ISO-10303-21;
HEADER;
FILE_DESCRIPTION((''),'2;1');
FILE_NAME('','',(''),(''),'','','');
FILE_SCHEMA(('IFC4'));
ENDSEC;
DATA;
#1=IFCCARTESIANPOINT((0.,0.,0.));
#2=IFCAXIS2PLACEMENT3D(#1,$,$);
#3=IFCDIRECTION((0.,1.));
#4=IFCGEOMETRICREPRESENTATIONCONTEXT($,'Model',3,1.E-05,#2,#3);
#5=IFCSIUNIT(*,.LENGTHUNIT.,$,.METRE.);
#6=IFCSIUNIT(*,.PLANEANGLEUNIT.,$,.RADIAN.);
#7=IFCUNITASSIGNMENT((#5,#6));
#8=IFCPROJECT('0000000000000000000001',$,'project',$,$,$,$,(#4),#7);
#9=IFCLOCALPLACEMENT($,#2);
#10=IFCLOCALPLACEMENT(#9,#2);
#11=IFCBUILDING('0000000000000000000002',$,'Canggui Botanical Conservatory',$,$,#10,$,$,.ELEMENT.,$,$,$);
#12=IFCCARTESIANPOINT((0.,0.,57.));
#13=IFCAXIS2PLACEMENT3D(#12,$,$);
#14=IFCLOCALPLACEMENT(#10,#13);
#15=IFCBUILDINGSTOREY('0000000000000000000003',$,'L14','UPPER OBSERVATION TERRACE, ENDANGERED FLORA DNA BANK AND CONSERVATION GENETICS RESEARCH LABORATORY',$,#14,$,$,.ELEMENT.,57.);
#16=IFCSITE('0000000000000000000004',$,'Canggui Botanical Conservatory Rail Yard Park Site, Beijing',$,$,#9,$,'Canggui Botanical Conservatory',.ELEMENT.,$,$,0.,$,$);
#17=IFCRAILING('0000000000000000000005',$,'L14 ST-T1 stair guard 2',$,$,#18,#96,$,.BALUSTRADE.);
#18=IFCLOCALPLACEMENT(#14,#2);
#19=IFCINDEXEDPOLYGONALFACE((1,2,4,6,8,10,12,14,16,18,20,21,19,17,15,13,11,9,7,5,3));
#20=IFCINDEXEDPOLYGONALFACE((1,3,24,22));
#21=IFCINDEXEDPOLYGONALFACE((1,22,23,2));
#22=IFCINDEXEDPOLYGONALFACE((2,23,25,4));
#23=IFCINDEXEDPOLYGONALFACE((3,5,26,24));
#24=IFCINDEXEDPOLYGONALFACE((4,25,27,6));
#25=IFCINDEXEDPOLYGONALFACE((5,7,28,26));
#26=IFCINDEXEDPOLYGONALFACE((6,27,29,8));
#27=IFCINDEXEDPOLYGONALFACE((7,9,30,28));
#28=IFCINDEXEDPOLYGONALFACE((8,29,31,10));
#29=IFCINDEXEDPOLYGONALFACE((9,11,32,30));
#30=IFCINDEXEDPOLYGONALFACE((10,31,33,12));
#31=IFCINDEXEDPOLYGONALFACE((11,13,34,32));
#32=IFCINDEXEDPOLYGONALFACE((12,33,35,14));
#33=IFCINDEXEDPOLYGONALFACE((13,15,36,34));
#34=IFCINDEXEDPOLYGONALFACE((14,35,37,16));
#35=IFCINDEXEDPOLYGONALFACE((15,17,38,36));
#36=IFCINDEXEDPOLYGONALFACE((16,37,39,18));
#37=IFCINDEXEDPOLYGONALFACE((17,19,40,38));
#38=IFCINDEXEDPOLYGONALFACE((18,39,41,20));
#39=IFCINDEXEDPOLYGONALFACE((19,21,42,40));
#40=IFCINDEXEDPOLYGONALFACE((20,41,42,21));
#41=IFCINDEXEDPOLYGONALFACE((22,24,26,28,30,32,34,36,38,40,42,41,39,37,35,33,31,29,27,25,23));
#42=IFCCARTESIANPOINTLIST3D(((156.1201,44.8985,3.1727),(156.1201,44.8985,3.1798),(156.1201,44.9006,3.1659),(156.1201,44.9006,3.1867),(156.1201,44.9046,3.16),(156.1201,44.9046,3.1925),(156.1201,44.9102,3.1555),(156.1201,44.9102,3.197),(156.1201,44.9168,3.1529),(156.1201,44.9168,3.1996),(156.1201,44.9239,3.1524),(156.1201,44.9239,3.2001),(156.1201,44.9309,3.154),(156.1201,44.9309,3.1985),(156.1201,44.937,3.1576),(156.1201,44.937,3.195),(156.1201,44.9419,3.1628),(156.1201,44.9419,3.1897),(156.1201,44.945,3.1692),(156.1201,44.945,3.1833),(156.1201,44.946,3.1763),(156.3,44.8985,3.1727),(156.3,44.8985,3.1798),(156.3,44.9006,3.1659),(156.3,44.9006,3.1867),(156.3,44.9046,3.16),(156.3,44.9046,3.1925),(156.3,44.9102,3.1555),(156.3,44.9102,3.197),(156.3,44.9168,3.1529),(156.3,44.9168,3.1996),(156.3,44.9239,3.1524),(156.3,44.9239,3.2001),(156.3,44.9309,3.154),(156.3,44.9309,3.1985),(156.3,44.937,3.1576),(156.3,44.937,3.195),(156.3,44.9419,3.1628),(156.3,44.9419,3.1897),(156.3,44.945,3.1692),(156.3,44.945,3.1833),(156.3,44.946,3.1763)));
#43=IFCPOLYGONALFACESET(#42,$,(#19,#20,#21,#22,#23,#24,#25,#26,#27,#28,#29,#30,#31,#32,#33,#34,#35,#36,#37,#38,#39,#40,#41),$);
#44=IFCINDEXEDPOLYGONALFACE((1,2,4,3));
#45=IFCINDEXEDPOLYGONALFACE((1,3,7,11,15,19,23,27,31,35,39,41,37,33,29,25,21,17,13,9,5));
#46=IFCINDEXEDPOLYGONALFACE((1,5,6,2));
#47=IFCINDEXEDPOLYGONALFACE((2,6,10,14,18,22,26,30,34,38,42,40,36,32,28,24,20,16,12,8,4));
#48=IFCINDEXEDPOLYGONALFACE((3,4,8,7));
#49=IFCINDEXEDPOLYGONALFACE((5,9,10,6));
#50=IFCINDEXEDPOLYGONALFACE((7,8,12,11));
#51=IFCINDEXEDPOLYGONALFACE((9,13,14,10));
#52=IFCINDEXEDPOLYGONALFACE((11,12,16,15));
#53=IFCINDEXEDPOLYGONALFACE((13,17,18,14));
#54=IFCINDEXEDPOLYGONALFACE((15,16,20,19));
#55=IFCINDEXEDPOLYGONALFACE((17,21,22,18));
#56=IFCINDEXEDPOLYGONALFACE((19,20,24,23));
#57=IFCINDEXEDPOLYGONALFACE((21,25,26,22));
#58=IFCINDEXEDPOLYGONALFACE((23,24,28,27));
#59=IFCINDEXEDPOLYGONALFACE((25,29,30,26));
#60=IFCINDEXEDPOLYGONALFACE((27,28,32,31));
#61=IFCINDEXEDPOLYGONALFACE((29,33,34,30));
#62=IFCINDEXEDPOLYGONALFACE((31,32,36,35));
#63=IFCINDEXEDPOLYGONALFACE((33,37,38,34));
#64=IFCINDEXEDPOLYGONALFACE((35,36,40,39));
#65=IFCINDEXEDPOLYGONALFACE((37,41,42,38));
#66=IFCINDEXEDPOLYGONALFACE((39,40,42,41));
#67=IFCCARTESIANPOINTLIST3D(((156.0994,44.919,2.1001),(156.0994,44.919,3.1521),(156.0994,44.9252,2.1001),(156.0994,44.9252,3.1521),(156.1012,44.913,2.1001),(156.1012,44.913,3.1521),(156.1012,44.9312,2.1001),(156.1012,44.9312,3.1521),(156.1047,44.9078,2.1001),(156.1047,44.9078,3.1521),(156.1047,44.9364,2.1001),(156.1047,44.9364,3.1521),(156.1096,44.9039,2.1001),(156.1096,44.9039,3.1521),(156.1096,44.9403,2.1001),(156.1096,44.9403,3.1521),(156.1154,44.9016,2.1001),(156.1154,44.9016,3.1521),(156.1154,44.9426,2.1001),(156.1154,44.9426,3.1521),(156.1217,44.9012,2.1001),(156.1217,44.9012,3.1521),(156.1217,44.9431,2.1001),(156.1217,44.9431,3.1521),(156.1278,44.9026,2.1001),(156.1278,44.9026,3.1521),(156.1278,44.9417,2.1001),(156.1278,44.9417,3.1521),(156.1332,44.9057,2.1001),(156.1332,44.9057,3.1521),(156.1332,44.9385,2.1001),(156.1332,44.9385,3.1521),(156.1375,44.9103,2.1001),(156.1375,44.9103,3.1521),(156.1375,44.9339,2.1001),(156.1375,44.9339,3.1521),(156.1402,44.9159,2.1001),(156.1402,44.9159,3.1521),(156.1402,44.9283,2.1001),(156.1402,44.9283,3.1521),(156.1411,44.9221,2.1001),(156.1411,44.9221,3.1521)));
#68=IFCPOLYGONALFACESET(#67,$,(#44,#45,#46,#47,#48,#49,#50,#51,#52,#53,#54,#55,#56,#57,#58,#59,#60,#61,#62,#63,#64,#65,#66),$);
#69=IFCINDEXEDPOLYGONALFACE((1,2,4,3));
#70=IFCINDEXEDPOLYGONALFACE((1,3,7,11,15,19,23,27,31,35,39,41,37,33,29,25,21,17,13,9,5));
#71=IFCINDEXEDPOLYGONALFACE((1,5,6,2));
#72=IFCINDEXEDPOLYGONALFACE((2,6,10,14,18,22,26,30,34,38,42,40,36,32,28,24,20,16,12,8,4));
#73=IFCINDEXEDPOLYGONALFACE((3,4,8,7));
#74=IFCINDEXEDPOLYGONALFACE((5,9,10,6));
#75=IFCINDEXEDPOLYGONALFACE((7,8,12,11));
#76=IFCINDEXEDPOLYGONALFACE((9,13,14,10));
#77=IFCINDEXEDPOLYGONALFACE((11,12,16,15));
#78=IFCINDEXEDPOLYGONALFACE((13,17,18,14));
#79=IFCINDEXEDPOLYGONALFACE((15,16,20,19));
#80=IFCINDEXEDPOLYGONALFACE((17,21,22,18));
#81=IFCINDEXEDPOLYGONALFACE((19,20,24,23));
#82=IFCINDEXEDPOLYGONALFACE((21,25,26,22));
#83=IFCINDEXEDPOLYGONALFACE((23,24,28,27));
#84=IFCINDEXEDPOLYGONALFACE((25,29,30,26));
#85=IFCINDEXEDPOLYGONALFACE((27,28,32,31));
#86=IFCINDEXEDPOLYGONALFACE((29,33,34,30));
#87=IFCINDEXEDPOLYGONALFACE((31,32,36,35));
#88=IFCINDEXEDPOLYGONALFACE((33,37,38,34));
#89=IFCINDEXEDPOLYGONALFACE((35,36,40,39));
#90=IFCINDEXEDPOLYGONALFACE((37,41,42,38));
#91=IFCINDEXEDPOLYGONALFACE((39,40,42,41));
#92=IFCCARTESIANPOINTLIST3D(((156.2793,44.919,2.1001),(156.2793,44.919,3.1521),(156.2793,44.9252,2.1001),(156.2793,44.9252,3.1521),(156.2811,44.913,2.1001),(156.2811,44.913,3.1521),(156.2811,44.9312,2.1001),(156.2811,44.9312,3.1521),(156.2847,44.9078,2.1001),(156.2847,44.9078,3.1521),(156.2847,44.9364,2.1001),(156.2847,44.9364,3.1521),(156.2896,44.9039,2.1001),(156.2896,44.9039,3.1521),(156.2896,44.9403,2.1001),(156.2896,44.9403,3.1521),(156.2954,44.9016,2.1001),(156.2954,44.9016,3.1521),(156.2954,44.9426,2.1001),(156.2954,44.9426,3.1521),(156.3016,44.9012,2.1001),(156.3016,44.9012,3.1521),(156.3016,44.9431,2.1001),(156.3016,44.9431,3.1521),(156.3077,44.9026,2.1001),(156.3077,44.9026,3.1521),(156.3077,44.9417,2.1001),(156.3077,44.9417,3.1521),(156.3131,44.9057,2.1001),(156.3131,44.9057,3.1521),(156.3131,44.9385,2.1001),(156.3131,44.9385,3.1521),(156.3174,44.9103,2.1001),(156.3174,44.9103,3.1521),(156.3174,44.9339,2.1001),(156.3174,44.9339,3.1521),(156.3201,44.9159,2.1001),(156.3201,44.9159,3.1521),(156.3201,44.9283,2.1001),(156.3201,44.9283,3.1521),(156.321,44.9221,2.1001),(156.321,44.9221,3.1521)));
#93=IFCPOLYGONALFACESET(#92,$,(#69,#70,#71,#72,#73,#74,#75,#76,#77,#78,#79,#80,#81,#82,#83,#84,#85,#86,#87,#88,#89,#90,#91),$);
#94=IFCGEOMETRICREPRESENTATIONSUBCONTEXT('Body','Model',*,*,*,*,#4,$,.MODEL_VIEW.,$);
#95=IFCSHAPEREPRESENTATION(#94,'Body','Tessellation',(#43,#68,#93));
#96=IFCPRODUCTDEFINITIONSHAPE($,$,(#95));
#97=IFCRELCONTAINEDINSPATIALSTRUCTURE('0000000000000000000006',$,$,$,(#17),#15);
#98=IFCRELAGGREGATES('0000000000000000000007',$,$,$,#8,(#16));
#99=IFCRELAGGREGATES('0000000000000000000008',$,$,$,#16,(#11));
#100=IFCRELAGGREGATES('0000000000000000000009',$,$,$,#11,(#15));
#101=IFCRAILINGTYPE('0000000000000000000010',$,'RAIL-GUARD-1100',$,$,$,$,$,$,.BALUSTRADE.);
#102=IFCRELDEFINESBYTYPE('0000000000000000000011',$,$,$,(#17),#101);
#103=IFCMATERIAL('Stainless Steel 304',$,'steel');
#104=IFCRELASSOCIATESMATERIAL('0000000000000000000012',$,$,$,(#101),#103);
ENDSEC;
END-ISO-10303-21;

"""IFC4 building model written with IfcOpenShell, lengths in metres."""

from ifc_helpers import new_model, si_unit, direction, frame, origin, origin_2d, place, context, subcontext, project, spatial, circle, extrude, material, type_object, element, save


model = new_model("IFC4")

# Units and contexts
model_context = context("Model", 3, precision=1e-05, world=origin(), true_north=direction((0.0, 1.0)))
body_context = subcontext(model_context, "Body", "Model", "MODEL_VIEW")
ifc_project = project(units=[si_unit("LENGTHUNIT", "METRE"), si_unit("PLANEANGLEUNIT", "RADIAN")], contexts=[model_context])

# Site, building, storey
site_placement = place(None, origin())
site = spatial("IfcSite", under=ifc_project, at=site_placement, Name="Canggui Botanical Conservatory Rail Yard Park Site, Beijing", LongName="Canggui Botanical Conservatory", CompositionType="ELEMENT", RefElevation=0.0)
building_placement = place(site_placement, origin())
building = spatial("IfcBuilding", under=site, at=building_placement, Name="Canggui Botanical Conservatory", CompositionType="ELEMENT")
storey_placement = place(building_placement, frame((0.0, 0.0, 57.0)))
storey = spatial("IfcBuildingStorey", under=building, at=storey_placement, Name="L14", Description="UPPER OBSERVATION TERRACE, ENDANGERED FLORA DNA BANK AND CONSERVATION GENETICS RESEARCH LABORATORY", CompositionType="ELEMENT", Elevation=57.0)

# Shared definitions
ifc_material_1 = material(Name="Stainless Steel 304", Category="steel")

# Railing
railing_type_1 = type_object("IfcRailingType", Name="RAIL-GUARD-1100", PredefinedType="BALUSTRADE", material=ifc_material_1)
railing_1_placement = place(storey_placement, frame((156.1201, 44.9221, 2.1001)))
element("IfcRailing", 1, at=railing_1_placement, inside=storey, type_object=railing_type_1, Name="L14 ST-T1 stair guard 2", PredefinedType="BALUSTRADE", context=body_context, shape_type="SweptSolid", body=[
    extrude(circle(Radius=0.0239, at=origin_2d()), frame((0.0, 0.0, 1.0762), z_axis=(1.0, 0.0, 0.0), x_axis=(0.0, 1.0, 0.0)), (0.0, 0.0, 1.0), 0.1799),
    extrude(circle(Radius=0.021, at=origin_2d()), origin(), (0.0, 0.0, 1.0), 1.052),
    extrude(circle(Radius=0.021, at=origin_2d()), frame((0.1799, 0.0, 0.0)), (0.0, 0.0, 1.0), 1.052),
])

save(model, "model.ifc")
